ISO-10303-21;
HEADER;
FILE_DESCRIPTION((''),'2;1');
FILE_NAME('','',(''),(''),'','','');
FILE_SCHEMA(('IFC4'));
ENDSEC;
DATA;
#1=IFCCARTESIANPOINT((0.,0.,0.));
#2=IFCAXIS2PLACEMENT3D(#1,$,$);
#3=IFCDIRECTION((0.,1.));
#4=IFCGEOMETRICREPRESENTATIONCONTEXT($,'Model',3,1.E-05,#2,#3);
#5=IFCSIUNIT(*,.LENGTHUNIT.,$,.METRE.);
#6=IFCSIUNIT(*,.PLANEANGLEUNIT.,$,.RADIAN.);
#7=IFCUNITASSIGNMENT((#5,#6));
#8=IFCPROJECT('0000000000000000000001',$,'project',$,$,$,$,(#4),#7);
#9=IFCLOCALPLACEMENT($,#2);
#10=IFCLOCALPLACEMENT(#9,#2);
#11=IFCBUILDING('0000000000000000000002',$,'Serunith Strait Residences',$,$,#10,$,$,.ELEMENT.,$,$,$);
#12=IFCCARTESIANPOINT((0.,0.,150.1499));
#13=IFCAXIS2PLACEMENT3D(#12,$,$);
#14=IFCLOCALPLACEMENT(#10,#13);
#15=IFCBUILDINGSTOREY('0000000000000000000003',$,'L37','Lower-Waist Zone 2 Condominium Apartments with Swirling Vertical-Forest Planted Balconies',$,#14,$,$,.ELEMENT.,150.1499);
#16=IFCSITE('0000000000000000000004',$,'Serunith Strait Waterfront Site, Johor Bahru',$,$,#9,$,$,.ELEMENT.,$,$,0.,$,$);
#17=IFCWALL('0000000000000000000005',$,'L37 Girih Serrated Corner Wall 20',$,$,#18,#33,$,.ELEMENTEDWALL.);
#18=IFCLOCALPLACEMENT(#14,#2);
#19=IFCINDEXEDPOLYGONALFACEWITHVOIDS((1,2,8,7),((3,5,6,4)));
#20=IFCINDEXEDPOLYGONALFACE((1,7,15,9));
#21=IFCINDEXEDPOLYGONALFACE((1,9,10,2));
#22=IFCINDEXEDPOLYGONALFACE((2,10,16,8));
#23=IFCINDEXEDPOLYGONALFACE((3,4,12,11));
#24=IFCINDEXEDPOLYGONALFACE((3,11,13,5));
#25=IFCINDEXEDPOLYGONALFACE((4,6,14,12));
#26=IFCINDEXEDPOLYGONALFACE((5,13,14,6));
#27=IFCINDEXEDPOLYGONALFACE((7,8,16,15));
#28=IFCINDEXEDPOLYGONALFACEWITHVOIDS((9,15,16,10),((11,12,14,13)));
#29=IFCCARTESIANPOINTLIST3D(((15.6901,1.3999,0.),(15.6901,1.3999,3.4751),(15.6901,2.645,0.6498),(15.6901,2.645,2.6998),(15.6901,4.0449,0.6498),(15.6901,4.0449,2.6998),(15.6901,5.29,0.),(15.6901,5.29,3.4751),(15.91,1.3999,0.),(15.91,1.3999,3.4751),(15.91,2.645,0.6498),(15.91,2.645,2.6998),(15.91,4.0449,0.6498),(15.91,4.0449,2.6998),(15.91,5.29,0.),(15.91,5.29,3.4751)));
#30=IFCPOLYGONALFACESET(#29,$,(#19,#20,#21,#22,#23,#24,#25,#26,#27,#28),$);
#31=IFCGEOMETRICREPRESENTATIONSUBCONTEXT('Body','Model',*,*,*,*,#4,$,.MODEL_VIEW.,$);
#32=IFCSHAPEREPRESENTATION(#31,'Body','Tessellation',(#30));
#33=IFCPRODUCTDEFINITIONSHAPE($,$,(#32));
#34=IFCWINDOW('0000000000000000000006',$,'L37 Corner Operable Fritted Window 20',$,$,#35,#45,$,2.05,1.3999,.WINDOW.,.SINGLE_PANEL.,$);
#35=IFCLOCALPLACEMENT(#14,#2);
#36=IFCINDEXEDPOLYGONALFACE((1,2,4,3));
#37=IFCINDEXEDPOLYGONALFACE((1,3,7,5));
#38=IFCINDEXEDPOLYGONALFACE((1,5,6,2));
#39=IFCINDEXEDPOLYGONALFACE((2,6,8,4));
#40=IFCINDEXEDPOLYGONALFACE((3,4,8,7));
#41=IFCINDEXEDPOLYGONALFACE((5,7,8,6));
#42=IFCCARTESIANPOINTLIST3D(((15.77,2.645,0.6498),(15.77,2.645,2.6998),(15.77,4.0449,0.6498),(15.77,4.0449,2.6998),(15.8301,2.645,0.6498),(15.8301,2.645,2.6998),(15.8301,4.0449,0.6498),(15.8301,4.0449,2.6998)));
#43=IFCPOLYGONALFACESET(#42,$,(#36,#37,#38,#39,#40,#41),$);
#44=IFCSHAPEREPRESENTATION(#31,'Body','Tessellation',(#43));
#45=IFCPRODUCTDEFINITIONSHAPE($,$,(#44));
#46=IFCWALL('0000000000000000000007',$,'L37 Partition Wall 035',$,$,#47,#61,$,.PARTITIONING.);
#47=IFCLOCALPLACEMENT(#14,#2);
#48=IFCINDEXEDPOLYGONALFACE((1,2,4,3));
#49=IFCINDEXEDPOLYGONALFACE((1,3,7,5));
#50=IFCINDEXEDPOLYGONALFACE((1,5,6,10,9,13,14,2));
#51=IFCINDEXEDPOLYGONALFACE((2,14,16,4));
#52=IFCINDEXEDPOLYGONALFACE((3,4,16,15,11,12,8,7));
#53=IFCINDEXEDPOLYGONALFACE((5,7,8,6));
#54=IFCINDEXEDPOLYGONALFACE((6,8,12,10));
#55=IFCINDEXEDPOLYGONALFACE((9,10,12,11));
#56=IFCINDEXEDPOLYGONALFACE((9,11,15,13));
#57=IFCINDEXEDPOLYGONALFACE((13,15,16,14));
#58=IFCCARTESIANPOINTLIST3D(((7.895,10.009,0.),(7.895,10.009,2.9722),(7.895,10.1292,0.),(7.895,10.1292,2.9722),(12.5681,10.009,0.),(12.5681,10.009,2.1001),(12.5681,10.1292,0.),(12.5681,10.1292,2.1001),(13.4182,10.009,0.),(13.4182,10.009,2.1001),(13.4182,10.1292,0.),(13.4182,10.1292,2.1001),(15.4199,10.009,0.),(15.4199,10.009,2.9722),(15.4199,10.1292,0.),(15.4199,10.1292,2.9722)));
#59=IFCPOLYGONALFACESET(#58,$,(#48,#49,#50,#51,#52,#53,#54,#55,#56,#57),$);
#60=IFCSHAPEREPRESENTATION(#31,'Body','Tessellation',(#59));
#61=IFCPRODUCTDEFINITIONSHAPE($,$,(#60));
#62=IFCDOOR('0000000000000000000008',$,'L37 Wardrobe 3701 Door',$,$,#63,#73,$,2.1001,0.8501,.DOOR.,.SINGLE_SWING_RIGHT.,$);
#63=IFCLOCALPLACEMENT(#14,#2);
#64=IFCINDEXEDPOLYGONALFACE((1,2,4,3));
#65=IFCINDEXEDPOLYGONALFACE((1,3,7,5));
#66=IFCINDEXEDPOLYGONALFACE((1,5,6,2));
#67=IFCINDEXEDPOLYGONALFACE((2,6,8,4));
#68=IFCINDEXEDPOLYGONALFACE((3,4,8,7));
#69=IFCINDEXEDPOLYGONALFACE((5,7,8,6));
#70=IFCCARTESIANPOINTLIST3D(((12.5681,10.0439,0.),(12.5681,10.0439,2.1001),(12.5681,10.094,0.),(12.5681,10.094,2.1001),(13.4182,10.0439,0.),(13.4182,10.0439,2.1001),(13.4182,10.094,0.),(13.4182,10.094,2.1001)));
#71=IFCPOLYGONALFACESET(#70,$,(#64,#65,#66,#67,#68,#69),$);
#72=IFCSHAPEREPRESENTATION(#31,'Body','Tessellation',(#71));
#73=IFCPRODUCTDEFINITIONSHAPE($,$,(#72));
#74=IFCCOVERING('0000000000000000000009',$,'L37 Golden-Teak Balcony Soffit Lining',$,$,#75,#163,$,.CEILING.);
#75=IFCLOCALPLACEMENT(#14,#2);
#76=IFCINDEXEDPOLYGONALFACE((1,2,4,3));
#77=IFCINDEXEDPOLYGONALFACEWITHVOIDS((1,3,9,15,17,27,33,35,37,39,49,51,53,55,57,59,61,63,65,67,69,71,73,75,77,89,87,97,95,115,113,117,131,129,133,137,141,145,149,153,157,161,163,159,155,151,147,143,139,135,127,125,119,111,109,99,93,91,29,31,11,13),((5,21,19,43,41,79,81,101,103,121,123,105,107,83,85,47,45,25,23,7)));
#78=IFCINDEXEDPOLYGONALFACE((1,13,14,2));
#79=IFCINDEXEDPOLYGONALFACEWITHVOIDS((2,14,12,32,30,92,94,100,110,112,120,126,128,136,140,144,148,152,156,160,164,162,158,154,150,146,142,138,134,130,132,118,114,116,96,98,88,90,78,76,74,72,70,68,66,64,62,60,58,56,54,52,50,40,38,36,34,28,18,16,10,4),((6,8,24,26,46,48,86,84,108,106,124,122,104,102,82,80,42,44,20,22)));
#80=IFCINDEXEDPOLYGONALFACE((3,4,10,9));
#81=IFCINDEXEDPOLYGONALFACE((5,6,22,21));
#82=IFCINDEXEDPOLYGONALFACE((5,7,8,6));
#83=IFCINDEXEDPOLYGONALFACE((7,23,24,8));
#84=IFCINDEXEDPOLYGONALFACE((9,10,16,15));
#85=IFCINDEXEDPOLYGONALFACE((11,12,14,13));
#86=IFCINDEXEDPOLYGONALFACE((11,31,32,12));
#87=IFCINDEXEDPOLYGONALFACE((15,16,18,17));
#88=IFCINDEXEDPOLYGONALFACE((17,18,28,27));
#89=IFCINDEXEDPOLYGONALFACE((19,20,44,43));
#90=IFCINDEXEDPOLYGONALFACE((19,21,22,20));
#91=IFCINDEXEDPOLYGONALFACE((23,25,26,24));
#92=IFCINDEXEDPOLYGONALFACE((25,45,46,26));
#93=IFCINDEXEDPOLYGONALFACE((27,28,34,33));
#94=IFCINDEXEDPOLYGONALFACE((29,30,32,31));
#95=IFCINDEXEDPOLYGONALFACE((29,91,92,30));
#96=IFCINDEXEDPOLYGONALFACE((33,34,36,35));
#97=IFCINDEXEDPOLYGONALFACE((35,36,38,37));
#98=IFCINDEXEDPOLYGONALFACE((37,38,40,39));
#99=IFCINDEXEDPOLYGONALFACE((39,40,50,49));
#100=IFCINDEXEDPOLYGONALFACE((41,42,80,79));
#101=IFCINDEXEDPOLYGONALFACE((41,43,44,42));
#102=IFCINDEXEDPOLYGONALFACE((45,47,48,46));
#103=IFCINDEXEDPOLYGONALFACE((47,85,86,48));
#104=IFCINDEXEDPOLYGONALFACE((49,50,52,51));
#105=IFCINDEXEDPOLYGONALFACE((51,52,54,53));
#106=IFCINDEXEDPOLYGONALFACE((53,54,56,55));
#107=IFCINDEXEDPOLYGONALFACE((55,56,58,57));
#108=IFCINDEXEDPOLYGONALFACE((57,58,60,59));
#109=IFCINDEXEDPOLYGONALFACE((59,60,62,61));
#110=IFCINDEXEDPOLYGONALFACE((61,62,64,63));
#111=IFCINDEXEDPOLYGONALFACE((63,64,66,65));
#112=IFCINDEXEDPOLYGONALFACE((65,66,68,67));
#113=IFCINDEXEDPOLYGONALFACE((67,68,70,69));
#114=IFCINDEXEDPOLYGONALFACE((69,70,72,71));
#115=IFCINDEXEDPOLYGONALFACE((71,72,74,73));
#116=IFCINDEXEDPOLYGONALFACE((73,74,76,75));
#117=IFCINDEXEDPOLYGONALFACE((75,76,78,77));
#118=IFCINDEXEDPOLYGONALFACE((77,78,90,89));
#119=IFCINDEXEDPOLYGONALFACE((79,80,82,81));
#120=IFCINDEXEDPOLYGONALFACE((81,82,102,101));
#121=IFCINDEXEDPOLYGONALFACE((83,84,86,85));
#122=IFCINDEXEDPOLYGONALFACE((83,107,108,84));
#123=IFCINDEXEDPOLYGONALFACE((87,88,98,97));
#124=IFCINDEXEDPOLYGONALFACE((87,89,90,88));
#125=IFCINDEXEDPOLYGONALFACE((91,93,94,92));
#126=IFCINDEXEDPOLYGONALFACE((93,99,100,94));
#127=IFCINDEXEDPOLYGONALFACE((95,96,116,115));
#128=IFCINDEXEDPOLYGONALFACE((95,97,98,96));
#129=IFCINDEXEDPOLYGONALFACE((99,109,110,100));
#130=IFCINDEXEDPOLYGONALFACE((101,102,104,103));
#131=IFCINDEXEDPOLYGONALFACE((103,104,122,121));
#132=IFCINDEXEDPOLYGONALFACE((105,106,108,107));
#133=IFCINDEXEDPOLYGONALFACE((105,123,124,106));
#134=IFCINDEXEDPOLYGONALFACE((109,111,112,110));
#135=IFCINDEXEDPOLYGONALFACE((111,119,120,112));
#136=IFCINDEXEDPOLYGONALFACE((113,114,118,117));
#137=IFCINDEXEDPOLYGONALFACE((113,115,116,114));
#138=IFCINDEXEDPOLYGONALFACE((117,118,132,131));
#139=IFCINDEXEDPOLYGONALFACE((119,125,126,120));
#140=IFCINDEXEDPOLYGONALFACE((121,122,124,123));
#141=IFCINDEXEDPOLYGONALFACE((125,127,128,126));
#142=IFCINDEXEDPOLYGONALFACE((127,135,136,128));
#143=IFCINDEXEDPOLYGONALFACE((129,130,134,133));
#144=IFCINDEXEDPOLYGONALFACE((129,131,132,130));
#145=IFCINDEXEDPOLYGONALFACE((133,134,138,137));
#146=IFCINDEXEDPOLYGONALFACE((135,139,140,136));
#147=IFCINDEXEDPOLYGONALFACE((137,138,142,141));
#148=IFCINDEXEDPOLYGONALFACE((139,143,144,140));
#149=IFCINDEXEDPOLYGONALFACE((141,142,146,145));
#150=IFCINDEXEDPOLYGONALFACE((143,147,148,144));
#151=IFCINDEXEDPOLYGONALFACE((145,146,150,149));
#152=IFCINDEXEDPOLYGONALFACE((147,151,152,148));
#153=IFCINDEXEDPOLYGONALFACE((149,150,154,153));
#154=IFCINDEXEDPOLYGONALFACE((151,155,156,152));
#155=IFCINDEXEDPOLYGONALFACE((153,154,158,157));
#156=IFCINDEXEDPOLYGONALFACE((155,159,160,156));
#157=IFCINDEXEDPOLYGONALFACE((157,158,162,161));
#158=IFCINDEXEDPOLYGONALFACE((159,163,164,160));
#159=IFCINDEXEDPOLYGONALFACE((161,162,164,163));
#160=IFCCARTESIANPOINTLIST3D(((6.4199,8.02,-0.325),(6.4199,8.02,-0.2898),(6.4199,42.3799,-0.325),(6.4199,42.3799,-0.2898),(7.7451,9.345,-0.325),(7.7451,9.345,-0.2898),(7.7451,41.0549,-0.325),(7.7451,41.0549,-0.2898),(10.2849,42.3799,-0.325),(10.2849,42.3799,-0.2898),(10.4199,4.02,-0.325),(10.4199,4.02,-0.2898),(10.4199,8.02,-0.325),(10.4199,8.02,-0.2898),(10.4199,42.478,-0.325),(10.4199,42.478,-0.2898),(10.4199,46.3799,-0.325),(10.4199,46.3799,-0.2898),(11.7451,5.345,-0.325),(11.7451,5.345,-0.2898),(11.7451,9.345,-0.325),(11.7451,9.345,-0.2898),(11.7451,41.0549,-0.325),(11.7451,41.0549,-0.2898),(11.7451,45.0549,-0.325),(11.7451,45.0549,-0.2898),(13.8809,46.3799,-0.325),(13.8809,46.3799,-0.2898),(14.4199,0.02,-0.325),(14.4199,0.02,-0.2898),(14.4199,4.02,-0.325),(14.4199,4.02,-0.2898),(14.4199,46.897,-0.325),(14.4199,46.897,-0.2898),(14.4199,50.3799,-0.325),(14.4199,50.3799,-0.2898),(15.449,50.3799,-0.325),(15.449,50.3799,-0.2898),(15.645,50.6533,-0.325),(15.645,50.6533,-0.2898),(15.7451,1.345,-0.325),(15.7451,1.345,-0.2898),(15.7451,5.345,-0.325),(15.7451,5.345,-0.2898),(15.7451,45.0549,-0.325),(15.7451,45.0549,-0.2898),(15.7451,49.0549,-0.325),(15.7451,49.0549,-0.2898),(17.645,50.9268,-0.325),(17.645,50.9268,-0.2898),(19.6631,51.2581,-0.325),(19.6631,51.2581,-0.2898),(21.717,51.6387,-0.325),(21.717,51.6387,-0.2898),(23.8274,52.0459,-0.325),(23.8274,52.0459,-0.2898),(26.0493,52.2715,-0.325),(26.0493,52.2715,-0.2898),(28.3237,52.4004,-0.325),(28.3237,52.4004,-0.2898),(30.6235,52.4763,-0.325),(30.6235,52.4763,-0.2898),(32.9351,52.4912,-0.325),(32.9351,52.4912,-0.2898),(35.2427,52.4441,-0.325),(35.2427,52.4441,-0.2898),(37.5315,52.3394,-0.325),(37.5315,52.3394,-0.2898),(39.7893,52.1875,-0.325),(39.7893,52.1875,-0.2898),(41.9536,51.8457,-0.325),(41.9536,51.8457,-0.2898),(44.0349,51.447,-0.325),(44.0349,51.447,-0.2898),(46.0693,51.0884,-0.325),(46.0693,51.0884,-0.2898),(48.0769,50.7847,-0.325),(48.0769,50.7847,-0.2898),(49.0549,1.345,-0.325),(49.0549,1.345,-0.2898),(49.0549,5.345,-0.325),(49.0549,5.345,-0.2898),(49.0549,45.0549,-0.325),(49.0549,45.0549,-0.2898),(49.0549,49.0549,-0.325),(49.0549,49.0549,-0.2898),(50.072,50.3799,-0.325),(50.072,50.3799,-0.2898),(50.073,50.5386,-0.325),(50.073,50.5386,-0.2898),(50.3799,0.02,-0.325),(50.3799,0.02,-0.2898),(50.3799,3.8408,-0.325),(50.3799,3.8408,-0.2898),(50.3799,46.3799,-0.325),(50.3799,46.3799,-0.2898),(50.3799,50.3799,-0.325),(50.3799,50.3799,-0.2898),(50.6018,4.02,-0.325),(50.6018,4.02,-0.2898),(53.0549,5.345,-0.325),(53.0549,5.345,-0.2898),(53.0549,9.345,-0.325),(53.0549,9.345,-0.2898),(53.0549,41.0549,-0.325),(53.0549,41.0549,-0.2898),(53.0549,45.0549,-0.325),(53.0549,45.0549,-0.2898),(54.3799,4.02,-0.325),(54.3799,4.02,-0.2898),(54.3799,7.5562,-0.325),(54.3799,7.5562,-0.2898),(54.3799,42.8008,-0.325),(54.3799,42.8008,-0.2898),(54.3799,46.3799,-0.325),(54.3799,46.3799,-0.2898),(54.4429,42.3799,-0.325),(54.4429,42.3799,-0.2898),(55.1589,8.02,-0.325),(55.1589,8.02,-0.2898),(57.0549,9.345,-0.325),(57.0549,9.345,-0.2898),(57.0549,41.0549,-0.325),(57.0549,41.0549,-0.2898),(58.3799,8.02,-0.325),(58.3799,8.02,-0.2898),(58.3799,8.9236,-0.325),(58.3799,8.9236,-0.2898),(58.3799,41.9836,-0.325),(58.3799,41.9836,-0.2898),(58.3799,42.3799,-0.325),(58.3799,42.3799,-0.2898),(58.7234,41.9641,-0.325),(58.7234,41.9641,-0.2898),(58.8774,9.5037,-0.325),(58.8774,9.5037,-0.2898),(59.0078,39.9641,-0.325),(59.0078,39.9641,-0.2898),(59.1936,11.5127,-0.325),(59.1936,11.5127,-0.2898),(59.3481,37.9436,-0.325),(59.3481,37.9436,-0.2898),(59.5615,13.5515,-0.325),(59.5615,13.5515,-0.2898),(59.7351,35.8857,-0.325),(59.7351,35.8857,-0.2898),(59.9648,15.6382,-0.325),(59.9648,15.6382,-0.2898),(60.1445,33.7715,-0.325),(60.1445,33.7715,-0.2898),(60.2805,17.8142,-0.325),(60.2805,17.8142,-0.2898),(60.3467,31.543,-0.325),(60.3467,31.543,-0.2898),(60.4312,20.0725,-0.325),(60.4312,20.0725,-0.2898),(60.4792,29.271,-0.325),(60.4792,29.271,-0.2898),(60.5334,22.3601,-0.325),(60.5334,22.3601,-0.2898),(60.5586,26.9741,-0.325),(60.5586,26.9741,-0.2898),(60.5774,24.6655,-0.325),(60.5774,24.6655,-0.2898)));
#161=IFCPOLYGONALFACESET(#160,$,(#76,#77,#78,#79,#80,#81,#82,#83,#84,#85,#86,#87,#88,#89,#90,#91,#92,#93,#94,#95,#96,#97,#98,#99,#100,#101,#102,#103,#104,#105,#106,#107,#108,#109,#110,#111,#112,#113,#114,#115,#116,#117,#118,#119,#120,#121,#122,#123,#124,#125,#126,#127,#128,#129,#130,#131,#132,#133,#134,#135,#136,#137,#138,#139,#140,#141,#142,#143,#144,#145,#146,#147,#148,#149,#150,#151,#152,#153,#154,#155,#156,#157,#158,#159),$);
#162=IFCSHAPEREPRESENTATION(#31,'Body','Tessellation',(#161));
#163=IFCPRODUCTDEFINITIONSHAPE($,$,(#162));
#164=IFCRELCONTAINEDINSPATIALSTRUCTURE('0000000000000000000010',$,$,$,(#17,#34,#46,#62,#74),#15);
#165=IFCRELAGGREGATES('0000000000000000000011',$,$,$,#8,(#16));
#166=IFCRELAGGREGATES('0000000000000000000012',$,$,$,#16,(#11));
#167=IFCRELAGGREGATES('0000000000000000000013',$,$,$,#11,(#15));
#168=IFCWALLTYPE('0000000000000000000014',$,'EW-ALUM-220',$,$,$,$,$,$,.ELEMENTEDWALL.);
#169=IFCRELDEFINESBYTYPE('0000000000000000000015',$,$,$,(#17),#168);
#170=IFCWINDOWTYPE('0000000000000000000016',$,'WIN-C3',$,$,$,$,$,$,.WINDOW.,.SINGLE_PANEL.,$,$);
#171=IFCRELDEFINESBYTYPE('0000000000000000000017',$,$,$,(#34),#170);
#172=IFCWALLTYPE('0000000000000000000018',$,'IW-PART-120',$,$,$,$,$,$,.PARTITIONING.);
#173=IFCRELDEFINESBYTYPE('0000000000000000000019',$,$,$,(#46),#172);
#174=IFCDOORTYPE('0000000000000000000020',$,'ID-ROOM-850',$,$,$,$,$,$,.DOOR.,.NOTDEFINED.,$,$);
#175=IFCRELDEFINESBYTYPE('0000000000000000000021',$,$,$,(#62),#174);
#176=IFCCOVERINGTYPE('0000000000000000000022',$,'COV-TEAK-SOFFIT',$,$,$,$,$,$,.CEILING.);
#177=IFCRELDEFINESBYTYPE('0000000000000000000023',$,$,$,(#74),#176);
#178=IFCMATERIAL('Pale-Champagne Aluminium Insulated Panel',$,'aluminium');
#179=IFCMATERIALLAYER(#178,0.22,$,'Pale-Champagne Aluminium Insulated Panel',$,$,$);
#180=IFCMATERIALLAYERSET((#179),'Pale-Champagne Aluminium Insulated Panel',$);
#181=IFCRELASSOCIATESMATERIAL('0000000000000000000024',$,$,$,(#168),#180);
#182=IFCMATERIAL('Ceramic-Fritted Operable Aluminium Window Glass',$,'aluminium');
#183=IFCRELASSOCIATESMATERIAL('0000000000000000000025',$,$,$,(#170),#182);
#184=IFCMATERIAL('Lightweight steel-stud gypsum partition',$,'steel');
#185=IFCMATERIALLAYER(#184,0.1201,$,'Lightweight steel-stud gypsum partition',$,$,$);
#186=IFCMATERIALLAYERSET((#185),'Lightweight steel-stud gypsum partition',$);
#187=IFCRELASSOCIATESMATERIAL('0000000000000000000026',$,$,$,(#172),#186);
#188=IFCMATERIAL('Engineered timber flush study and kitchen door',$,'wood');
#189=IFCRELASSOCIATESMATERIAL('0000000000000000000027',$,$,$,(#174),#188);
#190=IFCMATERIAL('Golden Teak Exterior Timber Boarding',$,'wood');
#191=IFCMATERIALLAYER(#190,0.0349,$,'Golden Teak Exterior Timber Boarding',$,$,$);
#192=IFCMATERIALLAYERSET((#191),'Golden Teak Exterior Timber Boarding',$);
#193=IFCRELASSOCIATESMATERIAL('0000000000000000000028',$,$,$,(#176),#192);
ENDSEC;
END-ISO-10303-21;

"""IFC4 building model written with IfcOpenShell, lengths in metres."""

from ifc_helpers import new_model, si_unit, direction, frame, frame_2d, origin, place, context, subcontext, project, spatial, polyline, rectangle, outline, extrude, source, transform, mapped, material, layer, layer_set, type_object, element, fill, save


model = new_model("IFC4")

# Units and contexts
model_context = context("Model", 3, precision=1e-05, world=origin(), true_north=direction((0.0, 1.0)))
body_context = subcontext(model_context, "Body", "Model", "MODEL_VIEW")
ifc_project = project(units=[si_unit("LENGTHUNIT", "METRE"), si_unit("PLANEANGLEUNIT", "RADIAN")], contexts=[model_context])

# Site, building, storey
site_placement = place(None, origin())
site = spatial("IfcSite", under=ifc_project, at=site_placement, Name="Serunith Strait Waterfront Site, Johor Bahru", CompositionType="ELEMENT", RefElevation=0.0)
building_placement = place(site_placement, origin())
building = spatial("IfcBuilding", under=site, at=building_placement, Name="Serunith Strait Residences", CompositionType="ELEMENT")
storey_placement = place(building_placement, frame((0.0, 0.0, 150.1499)))
storey = spatial("IfcBuildingStorey", under=building, at=storey_placement, Name="L37", Description="Lower-Waist Zone 2 Condominium Apartments with Swirling Vertical-Forest Planted Balconies", CompositionType="ELEMENT", Elevation=150.1499)

# Wall, opening, window
ifc_material_1 = material(Name="Pale-Champagne Aluminium Insulated Panel", Category="aluminium")
ifc_layer_1 = layer(ifc_material_1, 0.22, Name="Pale-Champagne Aluminium Insulated Panel")
ifc_layer_set_1 = layer_set([ifc_layer_1], Name="Pale-Champagne Aluminium Insulated Panel")
wall_type_1 = type_object("IfcWallType", Name="EW-ALUM-220", PredefinedType="ELEMENTEDWALL", material=ifc_layer_set_1)
ifc_material_2 = material(Name="Ceramic-Fritted Operable Aluminium Window Glass", Category="aluminium")
window_type = type_object("IfcWindowType", Name="WIN-C3", PartitioningType="SINGLE_PANEL", PredefinedType="WINDOW", material=ifc_material_2)
shared_shape_1 = source(origin(), body_context, "Body", "SweptSolid", [
    extrude(rectangle(XDim=1.3999, YDim=2.05, at=frame_2d((0.7, 1.0249))), frame((0.0, 0.03, 0.0), z_axis=(0.0, -1.0, 0.0), x_axis=(1.0, 0.0, 0.0)), (0.0, 0.0, 1.0), 0.0601),
])
wall_1_placement = place(storey_placement, frame((15.8, 5.29, 0.0), z_axis=(0.0, 0.0, 1.0), x_axis=(0.0, -1.0, 0.0)))
wall_1 = element("IfcWall", 1, at=wall_1_placement, inside=storey, type_object=wall_type_1, Name="L37 Girih Serrated Corner Wall 20", PredefinedType="ELEMENTEDWALL", context=body_context, shape_type="SweptSolid", body=[
    extrude(rectangle(XDim=3.8901, YDim=0.22, at=frame_2d((1.9451, 0.0))), origin(), (0.0, 0.0, 1.0), 3.4751),
])
opening_1_placement = place(wall_1_placement, frame((1.2451, 0.0, 0.6499)))
opening_1 = element("IfcOpeningElement", 2, at=opening_1_placement, cuts=wall_1, PredefinedType="OPENING", context=body_context, shape_type="SweptSolid", body=[
    extrude(rectangle(XDim=1.3999, YDim=2.05, at=frame_2d((0.7, 1.0249))), frame((0.0, 0.1201, 0.0), z_axis=(0.0, -1.0, 0.0), x_axis=(1.0, 0.0, 0.0)), (0.0, 0.0, 1.0), 0.24),
])
window_1_placement = place(opening_1_placement, origin())
window_1 = element("IfcWindow", 3, at=window_1_placement, inside=storey, type_object=window_type, Name="L37 Corner Operable Fritted Window 20", OverallHeight=2.05, OverallWidth=1.3999, PartitioningType="SINGLE_PANEL", PredefinedType="WINDOW", context=body_context, shape_type="MappedRepresentation", body=[
    mapped(shared_shape_1, transform((0.0, 0.0, 0.0), scale=1.0)),
])
fill(opening_1, window_1)

# Wall, opening, door
ifc_material_3 = material(Name="Lightweight steel-stud gypsum partition", Category="steel")
ifc_layer_2 = layer(ifc_material_3, 0.1201, Name="Lightweight steel-stud gypsum partition")
ifc_layer_set_2 = layer_set([ifc_layer_2], Name="Lightweight steel-stud gypsum partition")
wall_type_2 = type_object("IfcWallType", Name="IW-PART-120", PredefinedType="PARTITIONING", material=ifc_layer_set_2)
wall_2_placement = place(storey_placement, frame((7.895, 10.0691, 0.0), z_axis=(0.0, 0.0, 1.0), x_axis=(1.0, 0.0, 0.0)))
wall_2 = element("IfcWall", 4, at=wall_2_placement, inside=storey, type_object=wall_type_2, Name="L37 Partition Wall 035", PredefinedType="PARTITIONING", context=body_context, shape_type="SweptSolid", body=[
    extrude(rectangle(XDim=7.5249, YDim=0.1201, at=frame_2d((3.7625, 0.0))), origin(), (0.0, 0.0, 1.0), 2.9722),
])
opening_2_placement = place(wall_2_placement, frame((4.6731, 0.0, 0.0)))
opening_2 = element("IfcOpeningElement", 5, at=opening_2_placement, cuts=wall_2, PredefinedType="OPENING", context=body_context, shape_type="SweptSolid", body=[
    extrude(rectangle(XDim=0.8501, YDim=2.1001, at=frame_2d((0.425, 1.05))), frame((0.0, 0.0701, 0.0), z_axis=(0.0, -1.0, 0.0), x_axis=(1.0, 0.0, 0.0)), (0.0, 0.0, 1.0), 0.1401),
])
ifc_material_4 = material(Name="Engineered timber flush study and kitchen door", Category="wood")
door_type = type_object("IfcDoorType", Name="ID-ROOM-850", OperationType="NOTDEFINED", PredefinedType="DOOR", material=ifc_material_4)
shared_shape_2 = source(origin(), body_context, "Body", "SweptSolid", [
    extrude(rectangle(XDim=0.8501, YDim=2.1001, at=frame_2d((0.425, 1.05))), frame((0.0, 0.0249, 0.0), z_axis=(0.0, -1.0, 0.0), x_axis=(1.0, 0.0, 0.0)), (0.0, 0.0, 1.0), 0.05),
])
door_placement = place(opening_2_placement, origin())
door = element("IfcDoor", 6, at=door_placement, inside=storey, type_object=door_type, Name="L37 Wardrobe 3701 Door", OperationType="SINGLE_SWING_RIGHT", OverallHeight=2.1001, OverallWidth=0.8501, PredefinedType="DOOR", context=body_context, shape_type="MappedRepresentation", body=[
    mapped(shared_shape_2, transform((0.0, 0.0, 0.0), scale=1.0)),
])
fill(opening_2, door)

# Covering
ifc_material_5 = material(Name="Golden Teak Exterior Timber Boarding", Category="wood")
ifc_layer_3 = layer(ifc_material_5, 0.0349, Name="Golden Teak Exterior Timber Boarding")
ifc_layer_set_3 = layer_set([ifc_layer_3], Name="Golden Teak Exterior Timber Boarding")
covering_type_1 = type_object("IfcCoveringType", Name="COV-TEAK-SOFFIT", PredefinedType="CEILING", material=ifc_layer_set_3)
covering_placement = place(storey_placement, frame((0.0, 0.0, -0.325)))
element("IfcCovering", 7, at=covering_placement, inside=storey, type_object=covering_type_1, Name="L37 Golden-Teak Balcony Soffit Lining", PredefinedType="CEILING", context=body_context, shape_type="SweptSolid", body=[
    extrude(outline(polyline([(10.4199, 46.3799), (13.8809, 46.3799), (14.4199, 46.897), (14.4199, 50.3799), (15.449, 50.3799), (15.645, 50.6533), (17.645, 50.9268), (19.6631, 51.2581), (21.717, 51.6387), (23.8274, 52.0459), (26.0493, 52.2715), (28.3237, 52.4004), (30.6235, 52.4763), (32.9351, 52.4912), (35.2427, 52.4441), (37.5315, 52.3394), (39.7893, 52.1875), (41.9536, 51.8457), (44.0349, 51.447), (46.0693, 51.0884), (48.0769, 50.7847), (50.073, 50.5386), (50.072, 50.3799), (50.3799, 50.3799), (50.3799, 46.3799), (54.3799, 46.3799), (54.3799, 42.8008), (54.4429, 42.3799), (58.3799, 42.3799), (58.3799, 41.9836), (58.7234, 41.9641), (59.0078, 39.9641), (59.3481, 37.9436), (59.7351, 35.8857), (60.1445, 33.7715), (60.3467, 31.543), (60.4792, 29.271), (60.5586, 26.9741), (60.5774, 24.6655), (60.5334, 22.3601), (60.4312, 20.0725), (60.2805, 17.8142), (59.9648, 15.6382), (59.5615, 13.5515), (59.1936, 11.5127), (58.8774, 9.5037), (58.3799, 8.9236), (58.3799, 8.02), (55.1589, 8.02), (54.3799, 7.5562), (54.3799, 4.02), (50.6018, 4.02), (50.3799, 3.8408), (50.3799, 0.02), (14.4199, 0.02), (14.4199, 4.02), (10.4199, 4.02), (10.4199, 8.02), (6.4199, 8.02), (6.4199, 42.3799), (10.2849, 42.3799), (10.4199, 42.478), (10.4199, 46.3799)]), holes=[polyline([(49.0549, 1.345), (49.0549, 5.345), (53.0549, 5.345), (53.0549, 9.345), (57.0549, 9.345), (57.0549, 41.0549), (53.0549, 41.0549), (53.0549, 45.0549), (49.0549, 45.0549), (49.0549, 49.0549), (15.7451, 49.0549), (15.7451, 45.0549), (11.7451, 45.0549), (11.7451, 41.0549), (7.7451, 41.0549), (7.7451, 9.345), (11.7451, 9.345), (11.7451, 5.345), (15.7451, 5.345), (15.7451, 1.345), (49.0549, 1.345)])]), origin(), (0.0, 0.0, 1.0), 0.0352),
])

save(model, "model.ifc")
